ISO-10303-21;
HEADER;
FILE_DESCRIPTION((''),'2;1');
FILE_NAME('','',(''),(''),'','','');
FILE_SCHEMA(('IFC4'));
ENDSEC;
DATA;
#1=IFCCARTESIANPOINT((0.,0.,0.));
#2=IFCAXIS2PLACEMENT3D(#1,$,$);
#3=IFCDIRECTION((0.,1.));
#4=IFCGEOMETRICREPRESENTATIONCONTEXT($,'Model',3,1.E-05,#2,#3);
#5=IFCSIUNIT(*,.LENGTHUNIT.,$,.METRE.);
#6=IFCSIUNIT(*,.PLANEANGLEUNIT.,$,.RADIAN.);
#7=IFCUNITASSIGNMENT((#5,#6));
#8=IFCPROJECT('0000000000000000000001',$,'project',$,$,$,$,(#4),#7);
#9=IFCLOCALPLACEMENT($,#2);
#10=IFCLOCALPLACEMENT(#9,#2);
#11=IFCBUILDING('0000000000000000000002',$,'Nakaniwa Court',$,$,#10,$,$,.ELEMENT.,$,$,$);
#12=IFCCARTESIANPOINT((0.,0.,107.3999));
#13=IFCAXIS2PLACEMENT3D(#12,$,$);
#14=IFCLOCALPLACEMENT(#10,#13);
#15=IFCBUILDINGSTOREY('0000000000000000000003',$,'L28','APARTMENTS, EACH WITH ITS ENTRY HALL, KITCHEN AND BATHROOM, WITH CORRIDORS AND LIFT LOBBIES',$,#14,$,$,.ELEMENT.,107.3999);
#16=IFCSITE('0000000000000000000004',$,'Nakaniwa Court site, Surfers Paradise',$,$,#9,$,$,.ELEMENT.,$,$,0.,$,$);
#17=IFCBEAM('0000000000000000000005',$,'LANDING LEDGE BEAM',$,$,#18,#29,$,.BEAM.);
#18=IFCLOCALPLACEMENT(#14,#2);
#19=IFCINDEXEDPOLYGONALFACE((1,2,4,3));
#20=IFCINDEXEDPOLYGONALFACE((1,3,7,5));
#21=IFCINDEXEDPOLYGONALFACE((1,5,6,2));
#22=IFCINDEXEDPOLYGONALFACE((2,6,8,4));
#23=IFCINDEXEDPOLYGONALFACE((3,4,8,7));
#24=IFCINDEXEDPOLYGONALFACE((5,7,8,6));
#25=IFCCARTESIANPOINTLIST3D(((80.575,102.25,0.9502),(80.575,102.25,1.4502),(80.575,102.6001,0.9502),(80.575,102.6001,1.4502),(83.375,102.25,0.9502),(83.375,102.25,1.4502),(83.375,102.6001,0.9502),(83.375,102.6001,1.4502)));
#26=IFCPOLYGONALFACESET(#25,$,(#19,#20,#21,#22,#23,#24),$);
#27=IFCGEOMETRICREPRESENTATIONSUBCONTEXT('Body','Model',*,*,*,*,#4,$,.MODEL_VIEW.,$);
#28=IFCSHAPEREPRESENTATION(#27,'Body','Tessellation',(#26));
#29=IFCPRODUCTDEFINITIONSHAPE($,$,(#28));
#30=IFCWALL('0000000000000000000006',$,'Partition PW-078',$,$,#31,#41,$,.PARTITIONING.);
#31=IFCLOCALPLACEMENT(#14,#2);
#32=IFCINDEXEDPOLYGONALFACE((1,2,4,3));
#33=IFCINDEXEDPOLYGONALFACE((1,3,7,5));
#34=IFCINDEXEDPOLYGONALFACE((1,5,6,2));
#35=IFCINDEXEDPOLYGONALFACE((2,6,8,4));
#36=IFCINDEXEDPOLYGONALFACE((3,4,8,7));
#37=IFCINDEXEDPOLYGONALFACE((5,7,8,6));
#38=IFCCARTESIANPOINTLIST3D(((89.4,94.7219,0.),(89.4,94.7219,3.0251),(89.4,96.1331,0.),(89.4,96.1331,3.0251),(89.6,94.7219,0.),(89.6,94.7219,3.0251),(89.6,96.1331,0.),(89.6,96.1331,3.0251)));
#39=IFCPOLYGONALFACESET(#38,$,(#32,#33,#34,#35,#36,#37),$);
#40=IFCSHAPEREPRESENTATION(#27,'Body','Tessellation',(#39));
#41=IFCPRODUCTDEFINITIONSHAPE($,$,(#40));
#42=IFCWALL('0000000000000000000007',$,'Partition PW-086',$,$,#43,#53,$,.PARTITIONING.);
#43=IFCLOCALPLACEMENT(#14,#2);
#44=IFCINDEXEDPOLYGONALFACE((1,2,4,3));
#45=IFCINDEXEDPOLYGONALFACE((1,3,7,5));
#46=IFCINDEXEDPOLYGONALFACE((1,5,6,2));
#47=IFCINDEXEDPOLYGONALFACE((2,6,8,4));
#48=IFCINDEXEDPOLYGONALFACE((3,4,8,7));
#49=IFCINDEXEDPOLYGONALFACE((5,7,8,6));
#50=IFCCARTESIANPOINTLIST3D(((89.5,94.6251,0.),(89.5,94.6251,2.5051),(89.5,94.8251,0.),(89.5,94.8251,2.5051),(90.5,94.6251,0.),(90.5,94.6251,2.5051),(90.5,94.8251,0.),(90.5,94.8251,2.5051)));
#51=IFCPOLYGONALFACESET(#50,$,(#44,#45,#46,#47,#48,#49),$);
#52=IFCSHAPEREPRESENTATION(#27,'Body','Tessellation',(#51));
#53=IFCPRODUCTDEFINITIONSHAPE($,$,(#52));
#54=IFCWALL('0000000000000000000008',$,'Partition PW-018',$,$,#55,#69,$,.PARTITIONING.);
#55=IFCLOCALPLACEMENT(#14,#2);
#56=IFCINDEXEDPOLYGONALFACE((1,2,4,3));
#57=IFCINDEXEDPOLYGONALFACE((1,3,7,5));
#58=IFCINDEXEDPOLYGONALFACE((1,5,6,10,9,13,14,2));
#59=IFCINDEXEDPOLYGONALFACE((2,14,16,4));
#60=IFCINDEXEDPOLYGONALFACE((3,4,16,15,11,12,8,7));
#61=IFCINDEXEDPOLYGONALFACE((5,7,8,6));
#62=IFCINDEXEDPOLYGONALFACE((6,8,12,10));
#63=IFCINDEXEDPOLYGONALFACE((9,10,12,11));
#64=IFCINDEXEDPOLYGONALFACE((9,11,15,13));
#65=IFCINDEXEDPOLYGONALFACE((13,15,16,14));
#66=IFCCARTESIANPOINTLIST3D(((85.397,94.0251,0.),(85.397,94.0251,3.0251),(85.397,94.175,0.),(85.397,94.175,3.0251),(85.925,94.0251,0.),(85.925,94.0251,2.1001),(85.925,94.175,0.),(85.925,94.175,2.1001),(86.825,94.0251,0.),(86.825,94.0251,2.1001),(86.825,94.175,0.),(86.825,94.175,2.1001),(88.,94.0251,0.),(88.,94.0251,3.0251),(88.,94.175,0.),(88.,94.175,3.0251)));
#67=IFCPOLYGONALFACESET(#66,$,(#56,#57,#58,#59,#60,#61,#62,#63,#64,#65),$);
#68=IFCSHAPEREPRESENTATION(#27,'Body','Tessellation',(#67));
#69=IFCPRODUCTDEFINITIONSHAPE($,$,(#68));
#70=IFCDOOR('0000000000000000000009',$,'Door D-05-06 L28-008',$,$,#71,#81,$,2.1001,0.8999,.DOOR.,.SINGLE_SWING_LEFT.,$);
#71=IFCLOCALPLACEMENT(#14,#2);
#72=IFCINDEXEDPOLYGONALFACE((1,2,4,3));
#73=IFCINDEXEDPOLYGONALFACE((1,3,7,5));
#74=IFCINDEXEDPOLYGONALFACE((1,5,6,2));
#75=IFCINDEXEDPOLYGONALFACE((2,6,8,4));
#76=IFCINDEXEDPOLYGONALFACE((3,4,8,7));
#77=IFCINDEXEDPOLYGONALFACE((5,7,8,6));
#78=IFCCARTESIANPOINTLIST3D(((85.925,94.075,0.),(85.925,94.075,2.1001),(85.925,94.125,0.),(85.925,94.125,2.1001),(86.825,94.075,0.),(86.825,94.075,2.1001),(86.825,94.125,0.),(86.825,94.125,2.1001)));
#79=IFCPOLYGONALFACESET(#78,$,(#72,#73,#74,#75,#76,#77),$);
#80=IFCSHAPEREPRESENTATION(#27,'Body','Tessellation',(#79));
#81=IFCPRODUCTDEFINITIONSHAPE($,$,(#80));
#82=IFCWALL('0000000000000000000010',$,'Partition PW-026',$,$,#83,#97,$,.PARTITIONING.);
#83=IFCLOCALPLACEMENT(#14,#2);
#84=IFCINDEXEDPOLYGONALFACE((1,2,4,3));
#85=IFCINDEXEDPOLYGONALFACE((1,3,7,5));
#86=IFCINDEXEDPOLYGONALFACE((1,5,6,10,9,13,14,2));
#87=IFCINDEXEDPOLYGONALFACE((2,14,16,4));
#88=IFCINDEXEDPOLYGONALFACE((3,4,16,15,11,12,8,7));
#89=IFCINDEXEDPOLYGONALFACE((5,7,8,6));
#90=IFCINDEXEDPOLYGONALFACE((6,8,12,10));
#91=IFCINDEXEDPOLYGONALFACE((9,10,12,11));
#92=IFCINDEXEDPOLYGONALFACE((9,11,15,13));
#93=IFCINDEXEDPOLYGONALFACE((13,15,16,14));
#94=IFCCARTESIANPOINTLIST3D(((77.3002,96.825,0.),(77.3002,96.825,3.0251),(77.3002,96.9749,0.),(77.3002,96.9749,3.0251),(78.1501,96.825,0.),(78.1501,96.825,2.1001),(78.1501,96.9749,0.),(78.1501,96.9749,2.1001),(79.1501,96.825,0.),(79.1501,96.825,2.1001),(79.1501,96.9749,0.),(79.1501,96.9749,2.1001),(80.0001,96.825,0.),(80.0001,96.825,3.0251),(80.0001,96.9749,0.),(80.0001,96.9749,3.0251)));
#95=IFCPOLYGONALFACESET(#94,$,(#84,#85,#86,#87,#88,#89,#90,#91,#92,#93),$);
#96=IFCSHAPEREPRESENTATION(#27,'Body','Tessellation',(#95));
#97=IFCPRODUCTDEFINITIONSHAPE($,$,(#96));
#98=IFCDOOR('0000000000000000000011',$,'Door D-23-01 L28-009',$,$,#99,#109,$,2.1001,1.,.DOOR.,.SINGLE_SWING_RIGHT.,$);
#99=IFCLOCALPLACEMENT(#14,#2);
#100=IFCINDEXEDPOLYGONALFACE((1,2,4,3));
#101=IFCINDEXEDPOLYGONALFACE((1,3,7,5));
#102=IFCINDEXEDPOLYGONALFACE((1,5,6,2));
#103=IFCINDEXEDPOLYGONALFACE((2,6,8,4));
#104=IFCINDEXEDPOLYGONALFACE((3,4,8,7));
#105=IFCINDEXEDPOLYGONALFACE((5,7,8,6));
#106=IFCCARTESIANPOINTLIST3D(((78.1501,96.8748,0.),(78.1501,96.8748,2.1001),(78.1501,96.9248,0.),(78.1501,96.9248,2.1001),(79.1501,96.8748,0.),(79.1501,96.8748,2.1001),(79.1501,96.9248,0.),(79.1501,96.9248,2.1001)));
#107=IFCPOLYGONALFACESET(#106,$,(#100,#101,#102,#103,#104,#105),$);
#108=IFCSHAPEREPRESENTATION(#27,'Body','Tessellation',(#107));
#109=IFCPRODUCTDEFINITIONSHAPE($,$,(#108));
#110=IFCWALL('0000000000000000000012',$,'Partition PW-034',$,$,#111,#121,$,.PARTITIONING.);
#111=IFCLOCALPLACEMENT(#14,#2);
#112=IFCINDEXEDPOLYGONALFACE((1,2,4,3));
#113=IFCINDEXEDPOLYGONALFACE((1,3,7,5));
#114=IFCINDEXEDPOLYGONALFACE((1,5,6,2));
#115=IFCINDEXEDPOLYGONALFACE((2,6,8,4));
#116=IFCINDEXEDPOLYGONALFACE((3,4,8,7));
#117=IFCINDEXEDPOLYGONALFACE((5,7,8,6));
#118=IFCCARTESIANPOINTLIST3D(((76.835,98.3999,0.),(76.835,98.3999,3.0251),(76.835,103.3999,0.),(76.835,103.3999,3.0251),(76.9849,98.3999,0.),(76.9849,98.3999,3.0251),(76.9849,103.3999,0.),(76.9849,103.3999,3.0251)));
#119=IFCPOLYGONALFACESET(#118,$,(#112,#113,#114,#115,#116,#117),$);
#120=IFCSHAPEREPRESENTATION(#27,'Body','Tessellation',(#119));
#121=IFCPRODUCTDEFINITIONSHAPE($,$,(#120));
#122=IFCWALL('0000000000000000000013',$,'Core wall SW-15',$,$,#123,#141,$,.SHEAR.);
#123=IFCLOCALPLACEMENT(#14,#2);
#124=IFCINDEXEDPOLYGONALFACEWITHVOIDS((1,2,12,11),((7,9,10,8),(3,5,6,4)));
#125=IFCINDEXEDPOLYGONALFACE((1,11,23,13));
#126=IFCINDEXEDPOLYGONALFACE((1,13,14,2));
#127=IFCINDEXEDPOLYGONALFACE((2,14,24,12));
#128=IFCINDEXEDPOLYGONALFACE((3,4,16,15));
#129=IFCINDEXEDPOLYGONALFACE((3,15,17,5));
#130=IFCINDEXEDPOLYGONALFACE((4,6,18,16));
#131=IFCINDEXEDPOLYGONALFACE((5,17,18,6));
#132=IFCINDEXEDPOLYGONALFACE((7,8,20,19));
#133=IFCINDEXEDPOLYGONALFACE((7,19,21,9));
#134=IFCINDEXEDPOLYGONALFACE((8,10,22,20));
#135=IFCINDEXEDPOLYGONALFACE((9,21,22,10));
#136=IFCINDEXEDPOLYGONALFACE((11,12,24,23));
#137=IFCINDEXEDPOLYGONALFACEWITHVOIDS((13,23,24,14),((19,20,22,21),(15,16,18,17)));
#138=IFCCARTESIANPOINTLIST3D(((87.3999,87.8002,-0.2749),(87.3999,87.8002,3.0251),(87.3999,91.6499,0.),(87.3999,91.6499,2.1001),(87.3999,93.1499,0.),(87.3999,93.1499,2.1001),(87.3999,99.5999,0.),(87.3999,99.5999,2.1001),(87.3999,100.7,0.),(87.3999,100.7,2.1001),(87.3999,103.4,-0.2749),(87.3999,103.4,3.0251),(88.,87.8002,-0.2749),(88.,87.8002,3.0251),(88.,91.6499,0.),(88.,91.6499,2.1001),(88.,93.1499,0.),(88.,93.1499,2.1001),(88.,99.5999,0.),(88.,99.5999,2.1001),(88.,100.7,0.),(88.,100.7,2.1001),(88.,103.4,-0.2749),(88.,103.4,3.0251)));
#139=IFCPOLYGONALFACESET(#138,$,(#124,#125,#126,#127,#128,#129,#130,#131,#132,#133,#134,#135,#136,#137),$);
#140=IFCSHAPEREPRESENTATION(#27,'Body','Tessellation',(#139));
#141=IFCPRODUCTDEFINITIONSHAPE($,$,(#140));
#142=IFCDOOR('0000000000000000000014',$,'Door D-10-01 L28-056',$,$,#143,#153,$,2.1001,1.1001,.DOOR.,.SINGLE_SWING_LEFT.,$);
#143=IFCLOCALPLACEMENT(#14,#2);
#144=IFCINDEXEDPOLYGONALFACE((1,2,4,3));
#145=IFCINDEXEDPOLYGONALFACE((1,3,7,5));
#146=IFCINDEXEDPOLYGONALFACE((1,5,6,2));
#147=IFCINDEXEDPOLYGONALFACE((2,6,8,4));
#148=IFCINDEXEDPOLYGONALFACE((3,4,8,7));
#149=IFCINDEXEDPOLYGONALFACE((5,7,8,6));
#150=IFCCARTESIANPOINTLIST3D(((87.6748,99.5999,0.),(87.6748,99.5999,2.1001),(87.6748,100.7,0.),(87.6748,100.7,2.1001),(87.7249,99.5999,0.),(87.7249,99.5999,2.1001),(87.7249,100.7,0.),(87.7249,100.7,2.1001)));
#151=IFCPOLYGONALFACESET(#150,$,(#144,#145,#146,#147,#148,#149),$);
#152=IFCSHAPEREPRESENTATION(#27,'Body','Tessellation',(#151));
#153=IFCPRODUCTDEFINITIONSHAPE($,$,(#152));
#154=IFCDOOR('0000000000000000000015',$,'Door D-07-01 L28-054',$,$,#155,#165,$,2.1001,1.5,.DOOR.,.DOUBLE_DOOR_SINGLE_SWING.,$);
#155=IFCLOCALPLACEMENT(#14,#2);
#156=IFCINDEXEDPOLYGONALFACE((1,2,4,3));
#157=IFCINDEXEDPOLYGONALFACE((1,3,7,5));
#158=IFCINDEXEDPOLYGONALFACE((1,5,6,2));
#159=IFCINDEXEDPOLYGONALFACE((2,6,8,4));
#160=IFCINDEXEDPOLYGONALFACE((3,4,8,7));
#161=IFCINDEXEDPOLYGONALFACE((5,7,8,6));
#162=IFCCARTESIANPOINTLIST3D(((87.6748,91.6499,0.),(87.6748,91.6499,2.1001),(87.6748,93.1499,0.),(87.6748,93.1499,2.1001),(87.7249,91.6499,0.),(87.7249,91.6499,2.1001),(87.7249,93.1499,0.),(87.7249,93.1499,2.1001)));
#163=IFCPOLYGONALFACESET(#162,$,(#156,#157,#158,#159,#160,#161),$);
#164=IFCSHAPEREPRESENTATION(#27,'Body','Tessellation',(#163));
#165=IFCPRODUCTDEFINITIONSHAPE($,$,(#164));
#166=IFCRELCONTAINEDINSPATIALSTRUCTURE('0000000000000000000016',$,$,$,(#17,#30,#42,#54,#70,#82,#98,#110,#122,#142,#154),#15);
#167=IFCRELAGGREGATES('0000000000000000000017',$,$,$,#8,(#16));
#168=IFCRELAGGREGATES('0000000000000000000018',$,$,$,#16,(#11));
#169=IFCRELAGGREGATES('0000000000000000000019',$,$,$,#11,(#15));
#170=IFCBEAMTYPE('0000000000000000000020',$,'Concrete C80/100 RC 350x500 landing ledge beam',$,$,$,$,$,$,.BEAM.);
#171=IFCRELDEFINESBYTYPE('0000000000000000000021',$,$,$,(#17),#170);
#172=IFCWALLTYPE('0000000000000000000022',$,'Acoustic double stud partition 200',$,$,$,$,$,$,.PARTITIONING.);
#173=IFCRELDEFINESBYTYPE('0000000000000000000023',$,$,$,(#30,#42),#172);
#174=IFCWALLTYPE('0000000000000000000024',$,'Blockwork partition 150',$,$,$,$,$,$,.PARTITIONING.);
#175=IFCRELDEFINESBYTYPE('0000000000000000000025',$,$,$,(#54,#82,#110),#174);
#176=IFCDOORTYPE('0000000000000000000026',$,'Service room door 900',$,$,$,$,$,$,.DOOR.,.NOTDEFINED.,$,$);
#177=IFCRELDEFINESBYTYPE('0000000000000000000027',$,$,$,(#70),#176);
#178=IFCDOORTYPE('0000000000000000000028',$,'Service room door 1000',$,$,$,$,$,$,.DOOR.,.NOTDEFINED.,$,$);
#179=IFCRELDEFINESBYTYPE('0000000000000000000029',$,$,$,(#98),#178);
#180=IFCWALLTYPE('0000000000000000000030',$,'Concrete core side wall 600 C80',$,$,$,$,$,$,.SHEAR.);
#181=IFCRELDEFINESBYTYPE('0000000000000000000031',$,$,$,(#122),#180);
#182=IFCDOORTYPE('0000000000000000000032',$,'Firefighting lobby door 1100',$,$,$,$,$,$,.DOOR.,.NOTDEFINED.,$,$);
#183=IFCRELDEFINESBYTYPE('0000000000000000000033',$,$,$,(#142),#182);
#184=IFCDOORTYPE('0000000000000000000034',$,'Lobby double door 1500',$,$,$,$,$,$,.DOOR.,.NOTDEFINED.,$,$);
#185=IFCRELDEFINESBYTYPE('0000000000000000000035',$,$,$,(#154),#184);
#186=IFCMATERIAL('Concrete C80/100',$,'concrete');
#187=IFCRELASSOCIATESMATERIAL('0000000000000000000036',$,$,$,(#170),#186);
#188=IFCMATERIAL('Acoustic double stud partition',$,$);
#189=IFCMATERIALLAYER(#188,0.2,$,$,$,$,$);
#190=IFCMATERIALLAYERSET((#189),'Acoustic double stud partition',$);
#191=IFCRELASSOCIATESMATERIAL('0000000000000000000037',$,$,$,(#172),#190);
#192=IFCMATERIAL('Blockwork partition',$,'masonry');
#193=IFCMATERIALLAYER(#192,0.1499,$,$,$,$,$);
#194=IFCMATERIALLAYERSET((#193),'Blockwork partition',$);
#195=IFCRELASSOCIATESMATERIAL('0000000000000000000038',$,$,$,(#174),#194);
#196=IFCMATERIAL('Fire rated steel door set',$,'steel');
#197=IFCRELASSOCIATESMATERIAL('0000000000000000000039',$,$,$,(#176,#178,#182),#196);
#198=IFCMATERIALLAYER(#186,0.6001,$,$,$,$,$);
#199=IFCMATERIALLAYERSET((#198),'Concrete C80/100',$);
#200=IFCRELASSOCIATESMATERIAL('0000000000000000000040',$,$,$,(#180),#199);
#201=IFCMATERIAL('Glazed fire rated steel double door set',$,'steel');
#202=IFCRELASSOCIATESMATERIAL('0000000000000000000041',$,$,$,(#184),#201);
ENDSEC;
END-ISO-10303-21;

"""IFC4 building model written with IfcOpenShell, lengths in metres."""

from ifc_helpers import new_model, si_unit, direction, frame, frame_2d, origin, origin_2d, place, context, subcontext, project, spatial, rectangle, extrude, material, layer, layer_set, material_profile, profile_set, type_object, element, fill, save


model = new_model("IFC4")

# Units and contexts
model_context = context("Model", 3, precision=1e-05, world=origin(), true_north=direction((0.0, 1.0)))
body_context = subcontext(model_context, "Body", "Model", "MODEL_VIEW")
ifc_project = project(units=[si_unit("LENGTHUNIT", "METRE"), si_unit("PLANEANGLEUNIT", "RADIAN")], contexts=[model_context])

# Site, building, storey
site_placement = place(None, origin())
site = spatial("IfcSite", under=ifc_project, at=site_placement, Name="Nakaniwa Court site, Surfers Paradise", CompositionType="ELEMENT", RefElevation=0.0)
building_placement = place(site_placement, origin())
building = spatial("IfcBuilding", under=site, at=building_placement, Name="Nakaniwa Court", CompositionType="ELEMENT")
storey_placement = place(building_placement, frame((0.0, 0.0, 107.3999)))
storey = spatial("IfcBuildingStorey", under=building, at=storey_placement, Name="L28", Description="APARTMENTS, EACH WITH ITS ENTRY HALL, KITCHEN AND BATHROOM, WITH CORRIDORS AND LIFT LOBBIES", CompositionType="ELEMENT", Elevation=107.3999)

# Beam
ifc_material_1 = material(Name="Concrete C80/100", Category="concrete")
ifc_material_profile = material_profile(ifc_material_1, rectangle(XDim=0.3501, YDim=0.5, at=origin_2d()), Name="Concrete C80/100 RC 350x500 landing ledge beam")
ifc_profile_set = profile_set([ifc_material_profile], Name="Concrete C80/100")
beam_type = type_object("IfcBeamType", Name="Concrete C80/100 RC 350x500 landing ledge beam", PredefinedType="BEAM", material=ifc_profile_set)
beam_placement = place(storey_placement, frame((80.575, 102.425, 1.2002), z_axis=(1.0, 0.0, 0.0), x_axis=(0.0, 1.0, 0.0)))
element("IfcBeam", 1, at=beam_placement, inside=storey, type_object=beam_type, Name="LANDING LEDGE BEAM", PredefinedType="BEAM", context=body_context, shape_type="SweptSolid", body=[
    extrude(rectangle(XDim=0.3501, YDim=0.5, at=origin_2d()), origin(), (0.0, 0.0, 1.0), 2.8),
])

# Walls
ifc_material_2 = material(Name="Acoustic double stud partition")
ifc_layer_1 = layer(ifc_material_2, 0.2)
ifc_layer_set_1 = layer_set([ifc_layer_1], Name="Acoustic double stud partition")
wall_type_1 = type_object("IfcWallType", Name="Acoustic double stud partition 200", PredefinedType="PARTITIONING", material=ifc_layer_set_1)
wall_1_placement = place(storey_placement, frame((89.5, 94.7219, 0.0), z_axis=(0.0, 0.0, 1.0), x_axis=(0.0, 1.0, 0.0)))
element("IfcWall", 2, at=wall_1_placement, inside=storey, type_object=wall_type_1, Name="Partition PW-078", PredefinedType="PARTITIONING", context=body_context, shape_type="SweptSolid", body=[
    extrude(rectangle(XDim=1.4111, YDim=0.2, at=frame_2d((0.7056, 0.0))), origin(), (0.0, 0.0, 1.0), 3.0251),
])
wall_2_placement = place(storey_placement, frame((89.5, 94.7251, 0.0), z_axis=(0.0, 0.0, 1.0), x_axis=(1.0, 0.0, 0.0)))
element("IfcWall", 3, at=wall_2_placement, inside=storey, type_object=wall_type_1, Name="Partition PW-086", PredefinedType="PARTITIONING", context=body_context, shape_type="SweptSolid", body=[
    extrude(rectangle(XDim=1.0, YDim=0.2, at=frame_2d((0.5, 0.0))), origin(), (0.0, 0.0, 1.0), 2.5051),
])

# Walls, openings, doors
ifc_material_3 = material(Name="Blockwork partition", Category="masonry")
ifc_layer_2 = layer(ifc_material_3, 0.1499)
ifc_layer_set_2 = layer_set([ifc_layer_2], Name="Blockwork partition")
wall_type_2 = type_object("IfcWallType", Name="Blockwork partition 150", PredefinedType="PARTITIONING", material=ifc_layer_set_2)
wall_3_placement = place(storey_placement, frame((85.397, 94.1001, 0.0), z_axis=(0.0, 0.0, 1.0), x_axis=(1.0, 0.0, 0.0)))
wall_3 = element("IfcWall", 4, at=wall_3_placement, inside=storey, type_object=wall_type_2, Name="Partition PW-018", PredefinedType="PARTITIONING", context=body_context, shape_type="SweptSolid", body=[
    extrude(rectangle(XDim=2.603, YDim=0.1499, at=frame_2d((1.3015, 0.0))), origin(), (0.0, 0.0, 1.0), 3.0251),
])
opening_1_placement = place(wall_3_placement, frame((0.5281, 0.0, 0.0)))
opening_1 = element("IfcOpeningElement", 5, at=opening_1_placement, cuts=wall_3, PredefinedType="OPENING", context=body_context, shape_type="SweptSolid", body=[
    extrude(rectangle(XDim=0.8999, YDim=2.1001, at=frame_2d((0.45, 1.05))), frame((0.0, 0.085, 0.0), z_axis=(0.0, -1.0, 0.0), x_axis=(1.0, 0.0, 0.0)), (0.0, 0.0, 1.0), 0.1699),
])
ifc_material_4 = material(Name="Fire rated steel door set", Category="steel")
door_type_1 = type_object("IfcDoorType", Name="Service room door 900", OperationType="NOTDEFINED", PredefinedType="DOOR", material=ifc_material_4)
door_1_placement = place(opening_1_placement, origin())
door_1 = element("IfcDoor", 6, at=door_1_placement, inside=storey, type_object=door_type_1, Name="Door D-05-06 L28-008", OperationType="SINGLE_SWING_LEFT", OverallHeight=2.1001, OverallWidth=0.8999, PredefinedType="DOOR", context=body_context, shape_type="SweptSolid", body=[
    extrude(rectangle(XDim=0.8999, YDim=2.1001, at=frame_2d((0.45, 1.05))), frame((0.0, 0.0249, 0.0), z_axis=(0.0, -1.0, 0.0), x_axis=(1.0, 0.0, 0.0)), (0.0, 0.0, 1.0), 0.05),
])
fill(opening_1, door_1)
wall_4_placement = place(storey_placement, frame((77.3, 96.8999, 0.0), z_axis=(0.0, 0.0, 1.0), x_axis=(1.0, 0.0, 0.0)))
wall_4 = element("IfcWall", 7, at=wall_4_placement, inside=storey, type_object=wall_type_2, Name="Partition PW-026", PredefinedType="PARTITIONING", context=body_context, shape_type="SweptSolid", body=[
    extrude(rectangle(XDim=2.7, YDim=0.1499, at=frame_2d((1.3501, 0.0))), origin(), (0.0, 0.0, 1.0), 3.0251),
])
opening_2_placement = place(wall_4_placement, frame((0.8501, 0.0, 0.0)))
opening_2 = element("IfcOpeningElement", 8, at=opening_2_placement, cuts=wall_4, PredefinedType="OPENING", context=body_context, shape_type="SweptSolid", body=[
    extrude(rectangle(XDim=1.0, YDim=2.1001, at=frame_2d((0.5, 1.05))), frame((0.0, 0.085, 0.0), z_axis=(0.0, -1.0, 0.0), x_axis=(1.0, 0.0, 0.0)), (0.0, 0.0, 1.0), 0.1699),
])
door_type_2 = type_object("IfcDoorType", Name="Service room door 1000", OperationType="NOTDEFINED", PredefinedType="DOOR", material=ifc_material_4)
door_2_placement = place(opening_2_placement, origin())
door_2 = element("IfcDoor", 9, at=door_2_placement, inside=storey, type_object=door_type_2, Name="Door D-23-01 L28-009", OperationType="SINGLE_SWING_RIGHT", OverallHeight=2.1001, OverallWidth=1.0, PredefinedType="DOOR", context=body_context, shape_type="SweptSolid", body=[
    extrude(rectangle(XDim=1.0, YDim=2.1001, at=frame_2d((0.5, 1.05))), frame((0.0, 0.0249, 0.0), z_axis=(0.0, -1.0, 0.0), x_axis=(1.0, 0.0, 0.0)), (0.0, 0.0, 1.0), 0.05),
])
fill(opening_2, door_2)

# Wall
wall_5_placement = place(storey_placement, frame((76.9099, 98.3999, 0.0), z_axis=(0.0, 0.0, 1.0), x_axis=(0.0, 1.0, 0.0)))
element("IfcWall", 10, at=wall_5_placement, inside=storey, type_object=wall_type_2, Name="Partition PW-034", PredefinedType="PARTITIONING", context=body_context, shape_type="SweptSolid", body=[
    extrude(rectangle(XDim=5.0, YDim=0.1499, at=frame_2d((2.5, 0.0))), origin(), (0.0, 0.0, 1.0), 3.0251),
])

# Wall, openings, doors
ifc_layer_3 = layer(ifc_material_1, 0.6001)
ifc_layer_set_3 = layer_set([ifc_layer_3], Name="Concrete C80/100")
wall_type_3 = type_object("IfcWallType", Name="Concrete core side wall 600 C80", PredefinedType="SHEAR", material=ifc_layer_set_3)
wall_6_placement = place(storey_placement, frame((87.7, 103.3999, -0.2749), z_axis=(0.0, 0.0, 1.0), x_axis=(0.0, -1.0, 0.0)))
wall_6 = element("IfcWall", 11, at=wall_6_placement, inside=storey, type_object=wall_type_3, Name="Core wall SW-15", PredefinedType="SHEAR", context=body_context, shape_type="SweptSolid", body=[
    extrude(rectangle(XDim=15.5999, YDim=0.6001, at=frame_2d((7.7998, 0.0))), origin(), (0.0, 0.0, 1.0), 3.3),
])
opening_3_placement = place(wall_6_placement, frame((10.25, 0.0, 0.2749)))
opening_3 = element("IfcOpeningElement", 12, at=opening_3_placement, cuts=wall_6, PredefinedType="OPENING", context=body_context, shape_type="SweptSolid", body=[
    extrude(rectangle(XDim=1.5, YDim=2.1001, at=frame_2d((0.75, 1.05))), frame((0.0, 0.3101, 0.0), z_axis=(0.0, -1.0, 0.0), x_axis=(1.0, 0.0, 0.0)), (0.0, 0.0, 1.0), 0.6201),
])
opening_4_placement = place(wall_6_placement, frame((2.7, 0.0, 0.2749)))
opening_4 = element("IfcOpeningElement", 13, at=opening_4_placement, cuts=wall_6, PredefinedType="OPENING", context=body_context, shape_type="SweptSolid", body=[
    extrude(rectangle(XDim=1.1001, YDim=2.1001, at=frame_2d((0.55, 1.05))), frame((0.0, 0.3101, 0.0), z_axis=(0.0, -1.0, 0.0), x_axis=(1.0, 0.0, 0.0)), (0.0, 0.0, 1.0), 0.6201),
])
door_type_3 = type_object("IfcDoorType", Name="Firefighting lobby door 1100", OperationType="NOTDEFINED", PredefinedType="DOOR", material=ifc_material_4)
door_3_placement = place(opening_4_placement, origin())
door_3 = element("IfcDoor", 14, at=door_3_placement, inside=storey, type_object=door_type_3, Name="Door D-10-01 L28-056", OperationType="SINGLE_SWING_LEFT", OverallHeight=2.1001, OverallWidth=1.1001, PredefinedType="DOOR", context=body_context, shape_type="SweptSolid", body=[
    extrude(rectangle(XDim=1.1001, YDim=2.1001, at=frame_2d((0.55, 1.05))), frame((0.0, 0.0249, 0.0), z_axis=(0.0, -1.0, 0.0), x_axis=(1.0, 0.0, 0.0)), (0.0, 0.0, 1.0), 0.05),
])
fill(opening_4, door_3)
ifc_material_5 = material(Name="Glazed fire rated steel double door set", Category="steel")
door_type_4 = type_object("IfcDoorType", Name="Lobby double door 1500", OperationType="NOTDEFINED", PredefinedType="DOOR", material=ifc_material_5)
door_4_placement = place(opening_3_placement, origin())
door_4 = element("IfcDoor", 15, at=door_4_placement, inside=storey, type_object=door_type_4, Name="Door D-07-01 L28-054", OperationType="DOUBLE_DOOR_SINGLE_SWING", OverallHeight=2.1001, OverallWidth=1.5, PredefinedType="DOOR", context=body_context, shape_type="SweptSolid", body=[
    extrude(rectangle(XDim=1.5, YDim=2.1001, at=frame_2d((0.75, 1.05))), frame((0.0, 0.0249, 0.0), z_axis=(0.0, -1.0, 0.0), x_axis=(1.0, 0.0, 0.0)), (0.0, 0.0, 1.0), 0.05),
])
fill(opening_3, door_4)

save(model, "model.ifc")
